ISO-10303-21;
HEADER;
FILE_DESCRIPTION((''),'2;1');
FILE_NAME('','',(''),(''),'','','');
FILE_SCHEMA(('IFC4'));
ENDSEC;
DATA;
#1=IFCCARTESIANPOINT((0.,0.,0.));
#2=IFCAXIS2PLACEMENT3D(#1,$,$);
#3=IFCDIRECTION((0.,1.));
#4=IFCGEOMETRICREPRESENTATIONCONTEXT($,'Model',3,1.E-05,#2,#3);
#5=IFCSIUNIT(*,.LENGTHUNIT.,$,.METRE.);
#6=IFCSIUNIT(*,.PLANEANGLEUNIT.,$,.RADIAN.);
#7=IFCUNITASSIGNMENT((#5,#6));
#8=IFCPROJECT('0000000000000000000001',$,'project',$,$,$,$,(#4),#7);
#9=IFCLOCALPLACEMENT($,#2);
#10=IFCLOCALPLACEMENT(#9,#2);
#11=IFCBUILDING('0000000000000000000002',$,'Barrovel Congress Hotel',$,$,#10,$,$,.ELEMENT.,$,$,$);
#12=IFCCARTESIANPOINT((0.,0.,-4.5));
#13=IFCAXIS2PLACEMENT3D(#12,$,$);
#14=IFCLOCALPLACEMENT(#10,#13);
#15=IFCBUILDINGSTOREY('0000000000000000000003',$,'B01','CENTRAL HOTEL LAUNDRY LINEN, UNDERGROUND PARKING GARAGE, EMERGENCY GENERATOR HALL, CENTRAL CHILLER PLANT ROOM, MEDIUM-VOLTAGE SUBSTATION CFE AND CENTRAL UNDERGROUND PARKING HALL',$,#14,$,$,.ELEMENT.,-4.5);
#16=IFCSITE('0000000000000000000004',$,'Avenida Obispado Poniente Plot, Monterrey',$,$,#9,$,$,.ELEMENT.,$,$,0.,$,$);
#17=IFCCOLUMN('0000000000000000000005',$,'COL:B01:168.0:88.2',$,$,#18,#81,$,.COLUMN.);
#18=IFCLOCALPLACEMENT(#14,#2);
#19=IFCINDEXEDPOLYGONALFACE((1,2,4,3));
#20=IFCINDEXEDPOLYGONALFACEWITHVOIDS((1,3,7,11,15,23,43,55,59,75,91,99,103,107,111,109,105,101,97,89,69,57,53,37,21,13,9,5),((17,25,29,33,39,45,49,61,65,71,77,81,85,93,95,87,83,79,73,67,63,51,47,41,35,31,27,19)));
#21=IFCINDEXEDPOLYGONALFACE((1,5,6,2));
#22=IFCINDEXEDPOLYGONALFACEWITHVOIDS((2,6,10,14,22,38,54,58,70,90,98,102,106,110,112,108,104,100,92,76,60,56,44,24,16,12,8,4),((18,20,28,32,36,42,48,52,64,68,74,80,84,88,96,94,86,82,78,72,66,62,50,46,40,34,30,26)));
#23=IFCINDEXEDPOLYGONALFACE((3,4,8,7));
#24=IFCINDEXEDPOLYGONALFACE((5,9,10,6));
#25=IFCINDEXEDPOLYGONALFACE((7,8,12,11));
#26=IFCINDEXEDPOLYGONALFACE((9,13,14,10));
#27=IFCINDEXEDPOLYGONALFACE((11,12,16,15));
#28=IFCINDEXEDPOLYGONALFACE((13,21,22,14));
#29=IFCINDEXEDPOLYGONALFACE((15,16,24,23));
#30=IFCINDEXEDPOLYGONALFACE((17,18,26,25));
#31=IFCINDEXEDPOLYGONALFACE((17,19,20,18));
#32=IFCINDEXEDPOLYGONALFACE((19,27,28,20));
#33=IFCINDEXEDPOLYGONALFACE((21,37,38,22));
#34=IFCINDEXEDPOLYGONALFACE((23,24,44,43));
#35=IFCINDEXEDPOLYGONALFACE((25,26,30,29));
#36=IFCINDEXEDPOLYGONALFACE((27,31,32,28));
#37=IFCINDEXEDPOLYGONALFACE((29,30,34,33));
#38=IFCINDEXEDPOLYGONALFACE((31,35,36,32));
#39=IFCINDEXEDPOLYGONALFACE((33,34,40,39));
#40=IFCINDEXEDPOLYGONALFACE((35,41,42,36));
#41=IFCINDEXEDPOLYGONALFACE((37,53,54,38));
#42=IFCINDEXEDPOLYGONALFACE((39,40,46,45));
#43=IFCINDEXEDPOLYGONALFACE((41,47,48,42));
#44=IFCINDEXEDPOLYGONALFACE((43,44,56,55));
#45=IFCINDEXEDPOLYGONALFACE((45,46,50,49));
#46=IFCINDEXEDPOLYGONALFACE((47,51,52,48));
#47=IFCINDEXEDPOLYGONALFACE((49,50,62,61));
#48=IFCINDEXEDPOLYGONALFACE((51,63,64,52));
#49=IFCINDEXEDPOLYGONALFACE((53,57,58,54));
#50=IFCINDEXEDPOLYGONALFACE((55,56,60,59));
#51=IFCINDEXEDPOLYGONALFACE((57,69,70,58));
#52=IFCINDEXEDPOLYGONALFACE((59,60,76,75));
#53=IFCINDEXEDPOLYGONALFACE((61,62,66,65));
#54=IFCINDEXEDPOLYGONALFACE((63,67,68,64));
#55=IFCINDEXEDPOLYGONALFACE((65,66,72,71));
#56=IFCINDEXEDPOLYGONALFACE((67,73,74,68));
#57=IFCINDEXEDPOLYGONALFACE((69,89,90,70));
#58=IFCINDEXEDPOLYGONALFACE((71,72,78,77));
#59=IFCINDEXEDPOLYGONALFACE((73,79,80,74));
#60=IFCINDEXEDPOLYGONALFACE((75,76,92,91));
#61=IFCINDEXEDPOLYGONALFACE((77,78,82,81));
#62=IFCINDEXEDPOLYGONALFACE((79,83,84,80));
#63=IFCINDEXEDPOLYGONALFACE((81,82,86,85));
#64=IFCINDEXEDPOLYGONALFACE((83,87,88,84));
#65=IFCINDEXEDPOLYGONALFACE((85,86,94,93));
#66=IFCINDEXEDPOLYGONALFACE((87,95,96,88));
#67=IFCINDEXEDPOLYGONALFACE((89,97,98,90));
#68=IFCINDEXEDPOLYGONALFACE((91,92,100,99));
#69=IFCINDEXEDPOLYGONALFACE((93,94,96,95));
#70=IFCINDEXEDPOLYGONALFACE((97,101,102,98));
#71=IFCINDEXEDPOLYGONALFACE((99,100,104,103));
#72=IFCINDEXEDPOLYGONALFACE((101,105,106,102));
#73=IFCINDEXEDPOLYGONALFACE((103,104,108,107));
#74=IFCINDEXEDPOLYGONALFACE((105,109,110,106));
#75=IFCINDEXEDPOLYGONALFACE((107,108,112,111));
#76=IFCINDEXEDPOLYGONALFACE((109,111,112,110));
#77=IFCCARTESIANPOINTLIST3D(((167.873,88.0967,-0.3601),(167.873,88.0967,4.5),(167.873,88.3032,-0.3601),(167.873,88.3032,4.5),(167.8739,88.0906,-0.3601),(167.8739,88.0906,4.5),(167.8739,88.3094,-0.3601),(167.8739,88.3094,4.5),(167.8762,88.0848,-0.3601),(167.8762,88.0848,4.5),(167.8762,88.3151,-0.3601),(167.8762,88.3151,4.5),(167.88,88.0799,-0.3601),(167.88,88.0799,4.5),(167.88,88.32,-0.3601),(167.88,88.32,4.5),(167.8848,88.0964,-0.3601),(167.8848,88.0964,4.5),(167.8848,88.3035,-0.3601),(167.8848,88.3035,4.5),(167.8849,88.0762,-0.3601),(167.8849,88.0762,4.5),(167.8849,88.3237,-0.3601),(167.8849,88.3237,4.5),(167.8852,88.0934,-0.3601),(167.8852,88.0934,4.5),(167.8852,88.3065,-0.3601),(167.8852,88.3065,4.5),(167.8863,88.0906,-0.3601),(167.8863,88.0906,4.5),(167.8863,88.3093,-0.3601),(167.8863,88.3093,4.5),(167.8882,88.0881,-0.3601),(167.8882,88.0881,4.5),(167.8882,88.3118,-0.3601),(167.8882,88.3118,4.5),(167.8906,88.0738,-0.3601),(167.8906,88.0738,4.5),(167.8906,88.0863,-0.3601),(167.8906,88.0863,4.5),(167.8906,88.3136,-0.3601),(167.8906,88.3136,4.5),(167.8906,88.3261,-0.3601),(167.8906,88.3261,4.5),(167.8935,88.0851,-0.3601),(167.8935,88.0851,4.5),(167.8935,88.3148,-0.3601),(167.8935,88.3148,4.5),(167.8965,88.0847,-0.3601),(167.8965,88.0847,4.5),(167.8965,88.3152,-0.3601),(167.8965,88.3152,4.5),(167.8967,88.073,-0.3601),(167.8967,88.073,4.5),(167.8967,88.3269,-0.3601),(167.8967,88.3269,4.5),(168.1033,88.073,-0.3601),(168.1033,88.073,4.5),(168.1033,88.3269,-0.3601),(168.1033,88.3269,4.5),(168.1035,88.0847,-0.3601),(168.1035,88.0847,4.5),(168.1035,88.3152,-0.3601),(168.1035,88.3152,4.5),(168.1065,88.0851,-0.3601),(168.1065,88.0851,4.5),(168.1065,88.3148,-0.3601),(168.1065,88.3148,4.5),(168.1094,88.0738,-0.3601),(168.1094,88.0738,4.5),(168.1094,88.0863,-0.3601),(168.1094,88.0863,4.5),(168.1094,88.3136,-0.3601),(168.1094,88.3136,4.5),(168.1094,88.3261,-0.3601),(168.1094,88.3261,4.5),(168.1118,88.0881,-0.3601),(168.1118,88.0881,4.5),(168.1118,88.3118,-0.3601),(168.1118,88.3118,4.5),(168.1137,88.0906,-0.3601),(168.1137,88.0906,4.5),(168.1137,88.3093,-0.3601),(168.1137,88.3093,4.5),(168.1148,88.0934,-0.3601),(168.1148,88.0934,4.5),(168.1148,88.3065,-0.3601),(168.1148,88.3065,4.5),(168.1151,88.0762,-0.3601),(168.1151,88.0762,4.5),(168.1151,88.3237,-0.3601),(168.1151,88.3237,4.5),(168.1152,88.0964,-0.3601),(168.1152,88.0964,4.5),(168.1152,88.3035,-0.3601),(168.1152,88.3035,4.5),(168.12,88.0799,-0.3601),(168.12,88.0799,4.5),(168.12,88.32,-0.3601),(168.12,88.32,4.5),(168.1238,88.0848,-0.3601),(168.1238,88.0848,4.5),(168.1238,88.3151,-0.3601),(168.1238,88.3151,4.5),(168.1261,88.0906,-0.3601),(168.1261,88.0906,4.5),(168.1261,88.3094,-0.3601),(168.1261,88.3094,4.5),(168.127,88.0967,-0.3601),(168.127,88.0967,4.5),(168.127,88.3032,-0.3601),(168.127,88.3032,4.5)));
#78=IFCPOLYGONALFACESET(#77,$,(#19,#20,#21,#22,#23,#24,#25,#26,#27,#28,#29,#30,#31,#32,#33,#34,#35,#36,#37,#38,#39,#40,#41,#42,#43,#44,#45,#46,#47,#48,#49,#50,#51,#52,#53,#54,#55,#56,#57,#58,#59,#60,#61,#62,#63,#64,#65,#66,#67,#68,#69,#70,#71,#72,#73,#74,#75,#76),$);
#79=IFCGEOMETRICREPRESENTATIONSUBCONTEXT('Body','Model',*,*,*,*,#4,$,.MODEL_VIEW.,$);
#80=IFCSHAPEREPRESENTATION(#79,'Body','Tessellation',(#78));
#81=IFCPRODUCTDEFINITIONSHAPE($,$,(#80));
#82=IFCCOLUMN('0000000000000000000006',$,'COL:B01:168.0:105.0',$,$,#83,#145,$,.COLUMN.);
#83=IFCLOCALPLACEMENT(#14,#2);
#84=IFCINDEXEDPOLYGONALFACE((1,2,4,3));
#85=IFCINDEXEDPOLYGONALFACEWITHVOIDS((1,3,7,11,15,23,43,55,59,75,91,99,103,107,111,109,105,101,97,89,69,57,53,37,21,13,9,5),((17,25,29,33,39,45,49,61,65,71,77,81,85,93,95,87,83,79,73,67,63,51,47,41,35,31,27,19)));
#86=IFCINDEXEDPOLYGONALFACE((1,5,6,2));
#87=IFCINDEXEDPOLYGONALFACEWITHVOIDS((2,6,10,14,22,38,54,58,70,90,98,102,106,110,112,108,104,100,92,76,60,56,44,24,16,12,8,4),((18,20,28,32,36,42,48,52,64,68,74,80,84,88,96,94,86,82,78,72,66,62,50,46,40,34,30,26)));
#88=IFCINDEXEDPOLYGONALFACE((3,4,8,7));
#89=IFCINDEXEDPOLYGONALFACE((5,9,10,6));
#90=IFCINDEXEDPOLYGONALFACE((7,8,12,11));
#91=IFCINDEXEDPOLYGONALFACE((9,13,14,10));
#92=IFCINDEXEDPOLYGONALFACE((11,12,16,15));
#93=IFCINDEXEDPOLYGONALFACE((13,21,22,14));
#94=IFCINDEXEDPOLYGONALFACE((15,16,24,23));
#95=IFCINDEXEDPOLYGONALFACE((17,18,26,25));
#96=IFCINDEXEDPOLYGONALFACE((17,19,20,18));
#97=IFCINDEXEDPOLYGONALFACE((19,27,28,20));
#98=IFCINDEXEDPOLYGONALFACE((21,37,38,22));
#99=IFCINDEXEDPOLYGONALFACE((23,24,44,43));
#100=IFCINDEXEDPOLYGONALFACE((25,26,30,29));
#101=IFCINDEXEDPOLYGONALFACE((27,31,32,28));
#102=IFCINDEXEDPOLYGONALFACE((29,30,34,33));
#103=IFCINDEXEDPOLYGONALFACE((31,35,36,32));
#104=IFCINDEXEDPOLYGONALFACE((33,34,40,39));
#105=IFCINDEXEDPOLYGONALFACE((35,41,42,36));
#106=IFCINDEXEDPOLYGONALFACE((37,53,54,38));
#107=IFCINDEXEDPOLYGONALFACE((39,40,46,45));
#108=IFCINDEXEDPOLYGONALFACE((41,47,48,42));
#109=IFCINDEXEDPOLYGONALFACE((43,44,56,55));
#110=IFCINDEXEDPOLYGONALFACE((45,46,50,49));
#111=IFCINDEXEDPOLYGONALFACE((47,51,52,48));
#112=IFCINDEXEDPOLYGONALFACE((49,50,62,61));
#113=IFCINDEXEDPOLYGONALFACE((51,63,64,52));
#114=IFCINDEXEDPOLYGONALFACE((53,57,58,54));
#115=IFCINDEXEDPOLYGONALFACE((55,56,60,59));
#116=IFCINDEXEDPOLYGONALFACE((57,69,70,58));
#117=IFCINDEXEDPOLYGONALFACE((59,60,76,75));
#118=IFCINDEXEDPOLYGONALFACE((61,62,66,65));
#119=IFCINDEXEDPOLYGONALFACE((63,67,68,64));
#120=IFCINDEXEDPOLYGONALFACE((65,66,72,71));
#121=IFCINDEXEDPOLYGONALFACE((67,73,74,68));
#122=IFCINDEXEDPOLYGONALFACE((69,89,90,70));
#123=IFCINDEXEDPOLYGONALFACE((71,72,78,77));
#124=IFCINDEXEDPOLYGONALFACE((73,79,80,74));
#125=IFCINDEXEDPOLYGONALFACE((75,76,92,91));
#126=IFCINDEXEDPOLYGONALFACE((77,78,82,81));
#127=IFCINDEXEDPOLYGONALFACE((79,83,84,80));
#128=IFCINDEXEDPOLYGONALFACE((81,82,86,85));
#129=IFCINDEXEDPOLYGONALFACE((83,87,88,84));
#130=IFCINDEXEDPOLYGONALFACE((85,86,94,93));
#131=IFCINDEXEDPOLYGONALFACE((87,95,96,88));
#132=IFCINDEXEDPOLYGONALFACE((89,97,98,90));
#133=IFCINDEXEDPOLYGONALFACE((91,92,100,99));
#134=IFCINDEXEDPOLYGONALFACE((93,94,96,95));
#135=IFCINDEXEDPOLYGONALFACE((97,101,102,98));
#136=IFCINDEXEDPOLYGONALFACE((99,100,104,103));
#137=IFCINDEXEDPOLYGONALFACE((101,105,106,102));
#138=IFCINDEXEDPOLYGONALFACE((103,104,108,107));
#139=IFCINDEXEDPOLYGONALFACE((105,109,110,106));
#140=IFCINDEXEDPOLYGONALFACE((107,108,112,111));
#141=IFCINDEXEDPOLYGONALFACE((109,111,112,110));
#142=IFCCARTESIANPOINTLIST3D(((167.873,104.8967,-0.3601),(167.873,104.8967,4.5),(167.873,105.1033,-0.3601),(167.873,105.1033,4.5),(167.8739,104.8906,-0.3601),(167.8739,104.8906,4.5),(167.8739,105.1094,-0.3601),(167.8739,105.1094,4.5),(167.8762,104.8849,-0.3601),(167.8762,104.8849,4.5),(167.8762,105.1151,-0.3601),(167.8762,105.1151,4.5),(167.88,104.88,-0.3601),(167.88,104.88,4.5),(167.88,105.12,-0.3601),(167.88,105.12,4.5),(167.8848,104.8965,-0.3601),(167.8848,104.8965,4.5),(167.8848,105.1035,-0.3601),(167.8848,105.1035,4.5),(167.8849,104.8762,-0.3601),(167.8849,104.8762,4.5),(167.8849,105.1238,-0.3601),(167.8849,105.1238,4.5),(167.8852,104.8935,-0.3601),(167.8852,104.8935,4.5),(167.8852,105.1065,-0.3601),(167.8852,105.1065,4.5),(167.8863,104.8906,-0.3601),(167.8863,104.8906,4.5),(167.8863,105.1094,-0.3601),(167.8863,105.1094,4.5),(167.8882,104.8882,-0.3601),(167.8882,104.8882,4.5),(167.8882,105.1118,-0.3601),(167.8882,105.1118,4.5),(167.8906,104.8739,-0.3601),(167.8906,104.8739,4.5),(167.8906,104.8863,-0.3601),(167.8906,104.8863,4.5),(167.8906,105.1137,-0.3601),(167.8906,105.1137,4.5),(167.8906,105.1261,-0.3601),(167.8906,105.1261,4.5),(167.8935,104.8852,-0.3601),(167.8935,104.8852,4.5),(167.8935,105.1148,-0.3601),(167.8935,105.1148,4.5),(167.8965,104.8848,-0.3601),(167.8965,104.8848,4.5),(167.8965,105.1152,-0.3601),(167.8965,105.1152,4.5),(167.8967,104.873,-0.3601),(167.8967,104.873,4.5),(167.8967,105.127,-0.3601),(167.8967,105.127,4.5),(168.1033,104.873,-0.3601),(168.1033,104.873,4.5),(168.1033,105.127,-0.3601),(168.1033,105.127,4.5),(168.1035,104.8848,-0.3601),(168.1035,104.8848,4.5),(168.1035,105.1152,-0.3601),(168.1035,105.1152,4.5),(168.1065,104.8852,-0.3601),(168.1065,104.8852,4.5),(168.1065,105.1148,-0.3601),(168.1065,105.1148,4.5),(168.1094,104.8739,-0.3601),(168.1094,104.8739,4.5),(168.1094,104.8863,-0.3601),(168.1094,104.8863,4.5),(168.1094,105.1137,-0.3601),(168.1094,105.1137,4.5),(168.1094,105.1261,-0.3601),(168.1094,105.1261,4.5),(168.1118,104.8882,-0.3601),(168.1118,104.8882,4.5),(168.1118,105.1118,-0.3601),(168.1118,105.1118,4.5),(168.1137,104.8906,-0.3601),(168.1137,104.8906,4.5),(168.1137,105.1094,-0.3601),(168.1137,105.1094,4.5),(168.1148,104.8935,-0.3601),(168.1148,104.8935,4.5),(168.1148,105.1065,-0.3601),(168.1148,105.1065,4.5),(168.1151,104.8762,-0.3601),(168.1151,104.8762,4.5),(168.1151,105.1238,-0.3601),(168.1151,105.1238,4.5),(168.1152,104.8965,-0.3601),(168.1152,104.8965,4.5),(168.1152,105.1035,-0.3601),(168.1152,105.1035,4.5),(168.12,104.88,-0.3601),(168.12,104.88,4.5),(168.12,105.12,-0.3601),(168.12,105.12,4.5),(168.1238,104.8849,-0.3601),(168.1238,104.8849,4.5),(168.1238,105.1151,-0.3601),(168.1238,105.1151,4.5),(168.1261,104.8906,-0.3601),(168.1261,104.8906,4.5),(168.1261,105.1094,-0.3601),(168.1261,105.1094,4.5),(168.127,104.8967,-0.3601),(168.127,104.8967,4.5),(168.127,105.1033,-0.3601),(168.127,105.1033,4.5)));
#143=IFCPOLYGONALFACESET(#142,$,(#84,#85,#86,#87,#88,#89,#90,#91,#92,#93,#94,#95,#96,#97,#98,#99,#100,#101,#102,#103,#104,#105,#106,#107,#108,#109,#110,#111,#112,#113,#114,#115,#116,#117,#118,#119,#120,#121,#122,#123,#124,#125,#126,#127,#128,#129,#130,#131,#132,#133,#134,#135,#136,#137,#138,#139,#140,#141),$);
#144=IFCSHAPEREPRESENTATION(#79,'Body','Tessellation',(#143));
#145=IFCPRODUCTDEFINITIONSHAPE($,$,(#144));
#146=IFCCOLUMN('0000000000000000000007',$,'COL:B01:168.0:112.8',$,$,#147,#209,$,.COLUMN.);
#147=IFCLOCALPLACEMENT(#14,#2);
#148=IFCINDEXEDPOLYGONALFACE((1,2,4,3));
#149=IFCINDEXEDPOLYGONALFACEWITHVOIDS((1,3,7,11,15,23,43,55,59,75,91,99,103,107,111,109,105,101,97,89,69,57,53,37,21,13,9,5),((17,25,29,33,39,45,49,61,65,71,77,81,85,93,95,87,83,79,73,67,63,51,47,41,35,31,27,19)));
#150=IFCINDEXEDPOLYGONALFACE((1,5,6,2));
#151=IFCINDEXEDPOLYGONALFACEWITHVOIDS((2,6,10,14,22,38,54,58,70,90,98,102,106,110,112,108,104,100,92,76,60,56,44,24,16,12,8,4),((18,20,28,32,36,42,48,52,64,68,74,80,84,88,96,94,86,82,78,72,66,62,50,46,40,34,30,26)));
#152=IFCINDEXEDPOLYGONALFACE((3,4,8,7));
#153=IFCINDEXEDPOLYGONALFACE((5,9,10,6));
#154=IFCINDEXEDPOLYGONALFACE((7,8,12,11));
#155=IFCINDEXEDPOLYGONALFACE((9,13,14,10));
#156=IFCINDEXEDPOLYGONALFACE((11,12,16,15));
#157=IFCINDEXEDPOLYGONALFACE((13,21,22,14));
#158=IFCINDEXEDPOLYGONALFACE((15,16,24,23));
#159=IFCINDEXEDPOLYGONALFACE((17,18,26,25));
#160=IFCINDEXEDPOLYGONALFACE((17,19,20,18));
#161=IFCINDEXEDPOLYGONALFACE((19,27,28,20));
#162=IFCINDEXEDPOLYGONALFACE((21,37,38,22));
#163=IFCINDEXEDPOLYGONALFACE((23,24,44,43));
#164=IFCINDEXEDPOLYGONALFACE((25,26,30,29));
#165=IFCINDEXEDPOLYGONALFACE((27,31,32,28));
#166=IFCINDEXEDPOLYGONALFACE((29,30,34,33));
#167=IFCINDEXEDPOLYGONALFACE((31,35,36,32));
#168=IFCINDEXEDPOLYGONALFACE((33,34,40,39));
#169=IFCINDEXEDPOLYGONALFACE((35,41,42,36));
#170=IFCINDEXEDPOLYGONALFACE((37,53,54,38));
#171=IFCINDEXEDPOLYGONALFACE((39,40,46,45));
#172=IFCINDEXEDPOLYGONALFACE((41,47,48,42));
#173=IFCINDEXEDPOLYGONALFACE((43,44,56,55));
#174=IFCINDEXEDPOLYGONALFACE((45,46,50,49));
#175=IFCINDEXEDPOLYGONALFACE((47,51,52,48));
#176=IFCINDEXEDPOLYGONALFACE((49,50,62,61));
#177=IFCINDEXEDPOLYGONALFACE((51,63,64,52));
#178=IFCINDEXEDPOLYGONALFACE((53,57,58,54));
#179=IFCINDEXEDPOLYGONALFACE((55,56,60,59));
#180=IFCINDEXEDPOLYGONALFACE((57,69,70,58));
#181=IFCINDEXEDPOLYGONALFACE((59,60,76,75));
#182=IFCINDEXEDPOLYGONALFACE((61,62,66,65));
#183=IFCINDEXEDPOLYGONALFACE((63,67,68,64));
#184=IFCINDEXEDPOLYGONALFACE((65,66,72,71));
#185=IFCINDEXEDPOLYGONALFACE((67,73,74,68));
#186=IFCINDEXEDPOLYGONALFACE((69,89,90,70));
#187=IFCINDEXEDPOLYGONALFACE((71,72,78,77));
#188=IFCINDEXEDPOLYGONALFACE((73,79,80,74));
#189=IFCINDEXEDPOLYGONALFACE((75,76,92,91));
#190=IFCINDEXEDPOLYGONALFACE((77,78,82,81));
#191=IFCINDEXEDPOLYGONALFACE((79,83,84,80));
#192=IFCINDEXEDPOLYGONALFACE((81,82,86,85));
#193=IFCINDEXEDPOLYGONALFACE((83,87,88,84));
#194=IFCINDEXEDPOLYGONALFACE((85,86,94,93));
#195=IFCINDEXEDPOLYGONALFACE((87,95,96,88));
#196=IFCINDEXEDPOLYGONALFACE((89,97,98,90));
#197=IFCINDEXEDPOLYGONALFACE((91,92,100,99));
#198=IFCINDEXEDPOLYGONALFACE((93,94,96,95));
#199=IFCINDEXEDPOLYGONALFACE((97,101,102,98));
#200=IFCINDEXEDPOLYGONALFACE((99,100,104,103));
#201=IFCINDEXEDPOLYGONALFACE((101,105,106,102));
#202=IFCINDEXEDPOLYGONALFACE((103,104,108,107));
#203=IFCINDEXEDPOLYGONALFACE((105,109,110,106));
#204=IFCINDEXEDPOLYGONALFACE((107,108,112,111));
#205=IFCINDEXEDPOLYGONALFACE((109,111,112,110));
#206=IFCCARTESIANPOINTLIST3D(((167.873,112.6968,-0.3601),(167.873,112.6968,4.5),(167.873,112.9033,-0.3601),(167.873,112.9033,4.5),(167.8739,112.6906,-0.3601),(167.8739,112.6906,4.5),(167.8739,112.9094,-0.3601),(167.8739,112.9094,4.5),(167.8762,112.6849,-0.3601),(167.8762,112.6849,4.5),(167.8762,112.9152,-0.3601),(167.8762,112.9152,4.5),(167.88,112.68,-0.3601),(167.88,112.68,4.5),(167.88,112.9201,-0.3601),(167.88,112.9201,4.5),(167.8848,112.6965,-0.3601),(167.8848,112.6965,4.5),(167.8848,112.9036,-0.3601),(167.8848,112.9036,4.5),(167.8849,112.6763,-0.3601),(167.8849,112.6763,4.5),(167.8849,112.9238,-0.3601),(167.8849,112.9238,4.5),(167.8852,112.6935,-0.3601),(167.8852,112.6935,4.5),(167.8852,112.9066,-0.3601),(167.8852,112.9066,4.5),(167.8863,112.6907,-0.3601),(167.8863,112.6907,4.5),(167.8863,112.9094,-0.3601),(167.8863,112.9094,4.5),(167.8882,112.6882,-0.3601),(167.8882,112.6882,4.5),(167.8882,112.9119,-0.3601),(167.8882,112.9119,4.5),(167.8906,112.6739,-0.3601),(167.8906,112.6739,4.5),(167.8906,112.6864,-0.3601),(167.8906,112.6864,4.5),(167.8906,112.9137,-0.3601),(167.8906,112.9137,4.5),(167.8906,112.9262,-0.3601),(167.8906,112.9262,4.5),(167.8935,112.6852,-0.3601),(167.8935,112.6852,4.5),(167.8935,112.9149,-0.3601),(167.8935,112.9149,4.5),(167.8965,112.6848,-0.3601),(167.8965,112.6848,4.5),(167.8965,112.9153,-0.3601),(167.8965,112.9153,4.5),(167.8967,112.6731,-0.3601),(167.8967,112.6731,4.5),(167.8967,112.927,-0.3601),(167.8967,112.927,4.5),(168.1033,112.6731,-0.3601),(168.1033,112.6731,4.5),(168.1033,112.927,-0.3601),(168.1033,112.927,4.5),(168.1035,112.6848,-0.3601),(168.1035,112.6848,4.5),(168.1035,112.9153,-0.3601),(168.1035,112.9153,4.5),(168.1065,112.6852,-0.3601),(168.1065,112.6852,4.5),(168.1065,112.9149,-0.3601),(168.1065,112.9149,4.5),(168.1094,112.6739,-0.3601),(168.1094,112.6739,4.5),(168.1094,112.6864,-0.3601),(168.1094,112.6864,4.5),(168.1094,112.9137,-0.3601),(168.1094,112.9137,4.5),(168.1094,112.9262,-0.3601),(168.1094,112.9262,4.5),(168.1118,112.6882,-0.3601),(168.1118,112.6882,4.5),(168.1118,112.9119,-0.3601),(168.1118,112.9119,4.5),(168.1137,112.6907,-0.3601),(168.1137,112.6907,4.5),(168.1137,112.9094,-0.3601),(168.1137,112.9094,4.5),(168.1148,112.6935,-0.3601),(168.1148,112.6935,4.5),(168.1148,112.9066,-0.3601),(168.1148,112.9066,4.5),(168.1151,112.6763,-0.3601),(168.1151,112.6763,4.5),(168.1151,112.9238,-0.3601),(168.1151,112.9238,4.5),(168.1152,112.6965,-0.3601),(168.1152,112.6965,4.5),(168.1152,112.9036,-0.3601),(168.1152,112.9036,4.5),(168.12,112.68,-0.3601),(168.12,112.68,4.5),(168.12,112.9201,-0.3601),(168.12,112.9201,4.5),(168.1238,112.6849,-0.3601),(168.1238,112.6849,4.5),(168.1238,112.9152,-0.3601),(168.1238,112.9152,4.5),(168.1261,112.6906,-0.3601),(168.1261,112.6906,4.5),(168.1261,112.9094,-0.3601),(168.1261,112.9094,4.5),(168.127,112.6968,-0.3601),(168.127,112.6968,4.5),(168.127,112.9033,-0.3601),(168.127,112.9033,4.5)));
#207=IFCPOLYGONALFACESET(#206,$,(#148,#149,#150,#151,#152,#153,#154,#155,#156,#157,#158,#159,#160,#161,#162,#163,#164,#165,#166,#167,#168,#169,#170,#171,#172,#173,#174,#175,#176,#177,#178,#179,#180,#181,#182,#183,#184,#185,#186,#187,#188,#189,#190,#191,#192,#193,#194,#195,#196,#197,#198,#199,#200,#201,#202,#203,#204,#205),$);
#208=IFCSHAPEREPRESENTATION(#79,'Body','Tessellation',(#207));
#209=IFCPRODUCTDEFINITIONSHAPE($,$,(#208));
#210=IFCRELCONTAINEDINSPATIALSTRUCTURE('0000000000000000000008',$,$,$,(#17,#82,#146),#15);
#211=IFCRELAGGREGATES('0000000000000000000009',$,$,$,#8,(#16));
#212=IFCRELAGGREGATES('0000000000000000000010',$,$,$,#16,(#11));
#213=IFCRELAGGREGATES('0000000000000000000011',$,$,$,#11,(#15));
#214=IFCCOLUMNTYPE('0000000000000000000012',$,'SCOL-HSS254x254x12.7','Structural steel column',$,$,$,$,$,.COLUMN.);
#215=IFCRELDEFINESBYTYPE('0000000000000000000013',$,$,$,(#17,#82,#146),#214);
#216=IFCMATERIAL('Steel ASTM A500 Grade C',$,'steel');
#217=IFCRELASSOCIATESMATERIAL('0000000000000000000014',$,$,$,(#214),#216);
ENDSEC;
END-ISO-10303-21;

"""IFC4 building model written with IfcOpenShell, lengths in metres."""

from ifc_helpers import new_model, si_unit, direction, frame, origin, origin_2d, place, context, subcontext, project, spatial, hollow_rectangle, extrude, material, material_profile, profile_set, type_object, element, save


model = new_model("IFC4")

# Units and contexts
model_context = context("Model", 3, precision=1e-05, world=origin(), true_north=direction((0.0, 1.0)))
body_context = subcontext(model_context, "Body", "Model", "MODEL_VIEW")
ifc_project = project(units=[si_unit("LENGTHUNIT", "METRE"), si_unit("PLANEANGLEUNIT", "RADIAN")], contexts=[model_context])

# Site, building, storey
site_placement = place(None, origin())
site = spatial("IfcSite", under=ifc_project, at=site_placement, Name="Avenida Obispado Poniente Plot, Monterrey", CompositionType="ELEMENT", RefElevation=0.0)
building_placement = place(site_placement, origin())
building = spatial("IfcBuilding", under=site, at=building_placement, Name="Barrovel Congress Hotel", CompositionType="ELEMENT")
storey_placement = place(building_placement, frame((0.0, 0.0, -4.5)))
storey = spatial("IfcBuildingStorey", under=building, at=storey_placement, Name="B01", Description="CENTRAL HOTEL LAUNDRY LINEN, UNDERGROUND PARKING GARAGE, EMERGENCY GENERATOR HALL, CENTRAL CHILLER PLANT ROOM, MEDIUM-VOLTAGE SUBSTATION CFE AND CENTRAL UNDERGROUND PARKING HALL", CompositionType="ELEMENT", Elevation=-4.5)

# Columns
ifc_material_1 = material(Name="Steel ASTM A500 Grade C", Category="steel")
ifc_material_profile_1 = material_profile(ifc_material_1, hollow_rectangle(XDim=0.2539, YDim=0.2539, WallThickness=0.0117, InnerFilletRadius=0.0117, OuterFilletRadius=0.0237, at=origin_2d()), Name="HSS254x254x12.7")
ifc_profile_set_1 = profile_set([ifc_material_profile_1], Name="Steel ASTM A500 Grade C")
column_type_1 = type_object("IfcColumnType", Name="SCOL-HSS254x254x12.7", Description="Structural steel column", PredefinedType="COLUMN", material=ifc_profile_set_1)
for number, where, z_axis, x_axis, name in (
    (1, (168.0, 88.2, -0.3601), (0.0, 0.0, 1.0), (1.0, 0.0, 0.0), "COL:B01:168.0:88.2"),
    (2, (168.0, 105.0, -0.3601), (0.0, 0.0, 1.0), (1.0, 0.0, 0.0), "COL:B01:168.0:105.0"),
    (3, (168.0, 112.8, -0.3601), (0.0, 0.0, 1.0), (1.0, 0.0, 0.0), "COL:B01:168.0:112.8"),
):
    element("IfcColumn", number, at=place(storey_placement, frame(where, z_axis=z_axis, x_axis=x_axis)), inside=storey, type_object=column_type_1, Name=name, PredefinedType="COLUMN", context=body_context, shape_type="SweptSolid", body=[
        extrude(hollow_rectangle(XDim=0.2539, YDim=0.2539, WallThickness=0.0117, InnerFilletRadius=0.0117, OuterFilletRadius=0.0237, at=origin_2d()), origin(), (0.0, 0.0, 1.0), 4.8601),
    ])

save(model, "model.ifc")
